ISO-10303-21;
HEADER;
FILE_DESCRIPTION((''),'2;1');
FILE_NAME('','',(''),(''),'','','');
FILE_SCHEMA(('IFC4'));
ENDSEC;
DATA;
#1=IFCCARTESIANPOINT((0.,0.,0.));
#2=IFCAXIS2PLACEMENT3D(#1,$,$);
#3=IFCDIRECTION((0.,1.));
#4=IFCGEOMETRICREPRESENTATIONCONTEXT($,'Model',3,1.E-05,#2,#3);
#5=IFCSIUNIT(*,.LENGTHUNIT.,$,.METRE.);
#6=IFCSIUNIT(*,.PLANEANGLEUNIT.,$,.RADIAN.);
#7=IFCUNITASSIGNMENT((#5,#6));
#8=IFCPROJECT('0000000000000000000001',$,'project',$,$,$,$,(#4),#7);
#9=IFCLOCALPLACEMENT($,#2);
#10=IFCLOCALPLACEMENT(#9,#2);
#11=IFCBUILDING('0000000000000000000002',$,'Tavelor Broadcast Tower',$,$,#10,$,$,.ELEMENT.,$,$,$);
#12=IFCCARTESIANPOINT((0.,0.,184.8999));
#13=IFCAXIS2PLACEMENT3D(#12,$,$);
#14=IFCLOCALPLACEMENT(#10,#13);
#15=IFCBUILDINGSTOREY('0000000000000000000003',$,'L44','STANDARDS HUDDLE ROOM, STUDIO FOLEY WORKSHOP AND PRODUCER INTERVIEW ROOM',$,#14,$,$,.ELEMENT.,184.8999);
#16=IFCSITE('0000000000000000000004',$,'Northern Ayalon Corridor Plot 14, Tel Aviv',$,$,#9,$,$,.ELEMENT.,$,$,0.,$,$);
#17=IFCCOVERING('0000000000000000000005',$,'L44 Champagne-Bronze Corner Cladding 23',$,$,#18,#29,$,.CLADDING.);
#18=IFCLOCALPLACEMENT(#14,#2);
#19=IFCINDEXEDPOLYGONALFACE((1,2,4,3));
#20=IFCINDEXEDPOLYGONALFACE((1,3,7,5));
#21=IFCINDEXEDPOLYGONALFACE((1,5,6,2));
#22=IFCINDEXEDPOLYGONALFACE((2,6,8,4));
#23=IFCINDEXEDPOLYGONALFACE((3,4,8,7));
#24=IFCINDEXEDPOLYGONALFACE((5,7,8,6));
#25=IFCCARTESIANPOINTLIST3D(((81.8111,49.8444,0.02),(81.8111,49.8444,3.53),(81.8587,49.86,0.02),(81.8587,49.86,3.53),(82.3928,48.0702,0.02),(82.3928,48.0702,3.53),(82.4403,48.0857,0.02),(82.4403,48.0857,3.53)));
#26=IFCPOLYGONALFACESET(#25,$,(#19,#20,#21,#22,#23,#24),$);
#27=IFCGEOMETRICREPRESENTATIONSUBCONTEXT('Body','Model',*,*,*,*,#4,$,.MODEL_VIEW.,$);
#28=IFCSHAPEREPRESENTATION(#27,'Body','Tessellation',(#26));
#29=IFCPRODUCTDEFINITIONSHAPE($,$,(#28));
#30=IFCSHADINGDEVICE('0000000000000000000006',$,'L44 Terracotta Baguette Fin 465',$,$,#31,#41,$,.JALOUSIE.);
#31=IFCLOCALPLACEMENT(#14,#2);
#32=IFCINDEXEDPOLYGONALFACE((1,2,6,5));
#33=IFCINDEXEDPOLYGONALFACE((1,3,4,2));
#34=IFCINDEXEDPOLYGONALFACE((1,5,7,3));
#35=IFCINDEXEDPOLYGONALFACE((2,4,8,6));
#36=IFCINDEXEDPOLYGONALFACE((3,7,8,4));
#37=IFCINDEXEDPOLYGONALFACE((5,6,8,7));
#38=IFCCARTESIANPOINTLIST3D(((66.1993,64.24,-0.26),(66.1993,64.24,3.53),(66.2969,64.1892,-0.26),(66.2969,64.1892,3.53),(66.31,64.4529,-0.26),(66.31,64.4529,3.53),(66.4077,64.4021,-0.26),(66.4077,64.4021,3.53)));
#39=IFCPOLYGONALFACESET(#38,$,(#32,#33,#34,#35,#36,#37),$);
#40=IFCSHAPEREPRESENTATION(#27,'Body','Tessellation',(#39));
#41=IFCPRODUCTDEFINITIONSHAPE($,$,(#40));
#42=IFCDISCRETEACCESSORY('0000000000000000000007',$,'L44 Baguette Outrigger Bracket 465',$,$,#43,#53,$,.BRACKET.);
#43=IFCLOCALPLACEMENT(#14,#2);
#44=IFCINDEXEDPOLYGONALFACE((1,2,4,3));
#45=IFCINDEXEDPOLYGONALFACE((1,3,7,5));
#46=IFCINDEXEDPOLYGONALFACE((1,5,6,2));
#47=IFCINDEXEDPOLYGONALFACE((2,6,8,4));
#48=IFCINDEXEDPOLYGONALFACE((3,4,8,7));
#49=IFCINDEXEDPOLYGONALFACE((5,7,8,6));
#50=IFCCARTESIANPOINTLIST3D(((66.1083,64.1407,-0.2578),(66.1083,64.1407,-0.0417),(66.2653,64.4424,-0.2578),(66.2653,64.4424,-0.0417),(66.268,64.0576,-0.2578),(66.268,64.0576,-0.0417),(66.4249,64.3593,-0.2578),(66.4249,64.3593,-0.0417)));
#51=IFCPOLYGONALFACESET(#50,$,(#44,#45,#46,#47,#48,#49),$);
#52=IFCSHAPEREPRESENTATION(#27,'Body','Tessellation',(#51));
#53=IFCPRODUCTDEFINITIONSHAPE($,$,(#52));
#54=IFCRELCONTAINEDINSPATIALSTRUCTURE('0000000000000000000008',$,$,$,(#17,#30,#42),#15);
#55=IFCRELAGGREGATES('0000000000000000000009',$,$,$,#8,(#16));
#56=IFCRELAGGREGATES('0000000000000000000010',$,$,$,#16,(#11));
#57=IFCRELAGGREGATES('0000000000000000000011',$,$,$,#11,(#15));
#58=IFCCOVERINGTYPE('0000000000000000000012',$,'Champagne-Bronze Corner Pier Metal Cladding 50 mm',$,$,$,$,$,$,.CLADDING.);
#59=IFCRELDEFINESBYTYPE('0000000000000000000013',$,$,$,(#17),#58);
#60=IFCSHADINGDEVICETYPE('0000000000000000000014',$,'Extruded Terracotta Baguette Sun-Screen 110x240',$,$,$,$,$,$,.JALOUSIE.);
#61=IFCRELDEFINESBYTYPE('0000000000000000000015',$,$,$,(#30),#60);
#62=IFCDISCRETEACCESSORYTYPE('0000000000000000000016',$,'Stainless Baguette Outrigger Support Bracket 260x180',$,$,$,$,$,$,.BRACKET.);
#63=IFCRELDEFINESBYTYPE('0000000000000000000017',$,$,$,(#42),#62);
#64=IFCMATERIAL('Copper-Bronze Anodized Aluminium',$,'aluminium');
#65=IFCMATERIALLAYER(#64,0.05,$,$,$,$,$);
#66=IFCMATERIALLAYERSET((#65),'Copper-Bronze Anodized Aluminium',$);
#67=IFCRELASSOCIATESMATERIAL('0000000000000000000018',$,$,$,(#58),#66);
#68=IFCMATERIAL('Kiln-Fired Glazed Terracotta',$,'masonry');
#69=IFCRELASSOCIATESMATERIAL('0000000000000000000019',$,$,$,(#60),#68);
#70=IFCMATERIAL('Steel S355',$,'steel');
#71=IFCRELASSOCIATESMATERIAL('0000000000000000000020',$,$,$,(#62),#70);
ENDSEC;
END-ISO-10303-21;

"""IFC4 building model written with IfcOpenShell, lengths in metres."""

from ifc_helpers import new_model, si_unit, direction, frame, origin, origin_2d, place, context, subcontext, project, spatial, rectangle, extrude, source, transform, mapped, material, layer, layer_set, type_object, type_shapes, element, save


model = new_model("IFC4")

# Units and contexts
model_context = context("Model", 3, precision=1e-05, world=origin(), true_north=direction((0.0, 1.0)))
body_context = subcontext(model_context, "Body", "Model", "MODEL_VIEW")
ifc_project = project(units=[si_unit("LENGTHUNIT", "METRE"), si_unit("PLANEANGLEUNIT", "RADIAN")], contexts=[model_context])

# Site, building, storey
site_placement = place(None, origin())
site = spatial("IfcSite", under=ifc_project, at=site_placement, Name="Northern Ayalon Corridor Plot 14, Tel Aviv", CompositionType="ELEMENT", RefElevation=0.0)
building_placement = place(site_placement, origin())
building = spatial("IfcBuilding", under=site, at=building_placement, Name="Tavelor Broadcast Tower", CompositionType="ELEMENT")
storey_placement = place(building_placement, frame((0.0, 0.0, 184.8999)))
storey = spatial("IfcBuildingStorey", under=building, at=storey_placement, Name="L44", Description="STANDARDS HUDDLE ROOM, STUDIO FOLEY WORKSHOP AND PRODUCER INTERVIEW ROOM", CompositionType="ELEMENT", Elevation=184.8999)

# Shared definitions
ifc_material_1 = material(Name="Steel S355", Category="steel")

# Covering
ifc_material_2 = material(Name="Copper-Bronze Anodized Aluminium", Category="aluminium")
ifc_layer_1 = layer(ifc_material_2, 0.05)
ifc_layer_set_1 = layer_set([ifc_layer_1], Name="Copper-Bronze Anodized Aluminium")
covering_type = type_object("IfcCoveringType", Name="Champagne-Bronze Corner Pier Metal Cladding 50 mm", PredefinedType="CLADDING", material=ifc_layer_set_1)
covering_placement = place(storey_placement, frame((82.1257, 48.9651, 0.02), z_axis=(0.0, 0.0, 1.0), x_axis=(-0.311506, 0.950244, 0.0)))
element("IfcCovering", 1, at=covering_placement, inside=storey, type_object=covering_type, Name="L44 Champagne-Bronze Corner Cladding 23", PredefinedType="CLADDING", context=body_context, shape_type="SweptSolid", body=[
    extrude(rectangle(XDim=1.8672, YDim=0.05, at=origin_2d()), origin(), (0.0, 0.0, 1.0), 3.51),
])

# Shading device
ifc_material_3 = material(Name="Kiln-Fired Glazed Terracotta", Category="masonry")
shading_device_type = type_object("IfcShadingDeviceType", Name="Extruded Terracotta Baguette Sun-Screen 110x240", PredefinedType="JALOUSIE", material=ifc_material_3)
shared_shape_1 = source(origin(), body_context, "Body", "SweptSolid", [
    extrude(rectangle(XDim=0.1101, YDim=0.24, at=origin_2d()), origin(), (0.0, 0.0, 1.0), 3.79),
])
type_shapes(shading_device_type, [shared_shape_1])
shading_device_placement = place(storey_placement, frame((66.3035, 64.321, -0.26), z_axis=(0.0, 0.0, 1.0), x_axis=(-0.887172, 0.461439, 0.0)))
element("IfcShadingDevice", 2, at=shading_device_placement, inside=storey, type_object=shading_device_type, Name="L44 Terracotta Baguette Fin 465", PredefinedType="JALOUSIE", context=body_context, shape_type="MappedRepresentation", body=[
    mapped(shared_shape_1, transform((0.0, 0.0, 0.0), scale=1.0)),
])

# Discrete accessory
discrete_accessory_type = type_object("IfcDiscreteAccessoryType", Name="Stainless Baguette Outrigger Support Bracket 260x180", PredefinedType="BRACKET", material=ifc_material_1)
shared_shape_2 = source(origin(), body_context, "Body", "SweptSolid", [
    extrude(rectangle(XDim=0.1799, YDim=0.3401, at=origin_2d()), origin(), (0.0, 0.0, 1.0), 0.2161),
])
type_shapes(discrete_accessory_type, [shared_shape_2])
discrete_accessory_placement = place(storey_placement, frame((66.2666, 64.25, -0.2578), z_axis=(0.0, 0.0, 1.0), x_axis=(-0.887172, 0.461439, 0.0)))
element("IfcDiscreteAccessory", 3, at=discrete_accessory_placement, inside=storey, type_object=discrete_accessory_type, Name="L44 Baguette Outrigger Bracket 465", PredefinedType="BRACKET", context=body_context, shape_type="MappedRepresentation", body=[
    mapped(shared_shape_2, transform((0.0, 0.0, 0.0), scale=1.0)),
])

save(model, "model.ifc")
